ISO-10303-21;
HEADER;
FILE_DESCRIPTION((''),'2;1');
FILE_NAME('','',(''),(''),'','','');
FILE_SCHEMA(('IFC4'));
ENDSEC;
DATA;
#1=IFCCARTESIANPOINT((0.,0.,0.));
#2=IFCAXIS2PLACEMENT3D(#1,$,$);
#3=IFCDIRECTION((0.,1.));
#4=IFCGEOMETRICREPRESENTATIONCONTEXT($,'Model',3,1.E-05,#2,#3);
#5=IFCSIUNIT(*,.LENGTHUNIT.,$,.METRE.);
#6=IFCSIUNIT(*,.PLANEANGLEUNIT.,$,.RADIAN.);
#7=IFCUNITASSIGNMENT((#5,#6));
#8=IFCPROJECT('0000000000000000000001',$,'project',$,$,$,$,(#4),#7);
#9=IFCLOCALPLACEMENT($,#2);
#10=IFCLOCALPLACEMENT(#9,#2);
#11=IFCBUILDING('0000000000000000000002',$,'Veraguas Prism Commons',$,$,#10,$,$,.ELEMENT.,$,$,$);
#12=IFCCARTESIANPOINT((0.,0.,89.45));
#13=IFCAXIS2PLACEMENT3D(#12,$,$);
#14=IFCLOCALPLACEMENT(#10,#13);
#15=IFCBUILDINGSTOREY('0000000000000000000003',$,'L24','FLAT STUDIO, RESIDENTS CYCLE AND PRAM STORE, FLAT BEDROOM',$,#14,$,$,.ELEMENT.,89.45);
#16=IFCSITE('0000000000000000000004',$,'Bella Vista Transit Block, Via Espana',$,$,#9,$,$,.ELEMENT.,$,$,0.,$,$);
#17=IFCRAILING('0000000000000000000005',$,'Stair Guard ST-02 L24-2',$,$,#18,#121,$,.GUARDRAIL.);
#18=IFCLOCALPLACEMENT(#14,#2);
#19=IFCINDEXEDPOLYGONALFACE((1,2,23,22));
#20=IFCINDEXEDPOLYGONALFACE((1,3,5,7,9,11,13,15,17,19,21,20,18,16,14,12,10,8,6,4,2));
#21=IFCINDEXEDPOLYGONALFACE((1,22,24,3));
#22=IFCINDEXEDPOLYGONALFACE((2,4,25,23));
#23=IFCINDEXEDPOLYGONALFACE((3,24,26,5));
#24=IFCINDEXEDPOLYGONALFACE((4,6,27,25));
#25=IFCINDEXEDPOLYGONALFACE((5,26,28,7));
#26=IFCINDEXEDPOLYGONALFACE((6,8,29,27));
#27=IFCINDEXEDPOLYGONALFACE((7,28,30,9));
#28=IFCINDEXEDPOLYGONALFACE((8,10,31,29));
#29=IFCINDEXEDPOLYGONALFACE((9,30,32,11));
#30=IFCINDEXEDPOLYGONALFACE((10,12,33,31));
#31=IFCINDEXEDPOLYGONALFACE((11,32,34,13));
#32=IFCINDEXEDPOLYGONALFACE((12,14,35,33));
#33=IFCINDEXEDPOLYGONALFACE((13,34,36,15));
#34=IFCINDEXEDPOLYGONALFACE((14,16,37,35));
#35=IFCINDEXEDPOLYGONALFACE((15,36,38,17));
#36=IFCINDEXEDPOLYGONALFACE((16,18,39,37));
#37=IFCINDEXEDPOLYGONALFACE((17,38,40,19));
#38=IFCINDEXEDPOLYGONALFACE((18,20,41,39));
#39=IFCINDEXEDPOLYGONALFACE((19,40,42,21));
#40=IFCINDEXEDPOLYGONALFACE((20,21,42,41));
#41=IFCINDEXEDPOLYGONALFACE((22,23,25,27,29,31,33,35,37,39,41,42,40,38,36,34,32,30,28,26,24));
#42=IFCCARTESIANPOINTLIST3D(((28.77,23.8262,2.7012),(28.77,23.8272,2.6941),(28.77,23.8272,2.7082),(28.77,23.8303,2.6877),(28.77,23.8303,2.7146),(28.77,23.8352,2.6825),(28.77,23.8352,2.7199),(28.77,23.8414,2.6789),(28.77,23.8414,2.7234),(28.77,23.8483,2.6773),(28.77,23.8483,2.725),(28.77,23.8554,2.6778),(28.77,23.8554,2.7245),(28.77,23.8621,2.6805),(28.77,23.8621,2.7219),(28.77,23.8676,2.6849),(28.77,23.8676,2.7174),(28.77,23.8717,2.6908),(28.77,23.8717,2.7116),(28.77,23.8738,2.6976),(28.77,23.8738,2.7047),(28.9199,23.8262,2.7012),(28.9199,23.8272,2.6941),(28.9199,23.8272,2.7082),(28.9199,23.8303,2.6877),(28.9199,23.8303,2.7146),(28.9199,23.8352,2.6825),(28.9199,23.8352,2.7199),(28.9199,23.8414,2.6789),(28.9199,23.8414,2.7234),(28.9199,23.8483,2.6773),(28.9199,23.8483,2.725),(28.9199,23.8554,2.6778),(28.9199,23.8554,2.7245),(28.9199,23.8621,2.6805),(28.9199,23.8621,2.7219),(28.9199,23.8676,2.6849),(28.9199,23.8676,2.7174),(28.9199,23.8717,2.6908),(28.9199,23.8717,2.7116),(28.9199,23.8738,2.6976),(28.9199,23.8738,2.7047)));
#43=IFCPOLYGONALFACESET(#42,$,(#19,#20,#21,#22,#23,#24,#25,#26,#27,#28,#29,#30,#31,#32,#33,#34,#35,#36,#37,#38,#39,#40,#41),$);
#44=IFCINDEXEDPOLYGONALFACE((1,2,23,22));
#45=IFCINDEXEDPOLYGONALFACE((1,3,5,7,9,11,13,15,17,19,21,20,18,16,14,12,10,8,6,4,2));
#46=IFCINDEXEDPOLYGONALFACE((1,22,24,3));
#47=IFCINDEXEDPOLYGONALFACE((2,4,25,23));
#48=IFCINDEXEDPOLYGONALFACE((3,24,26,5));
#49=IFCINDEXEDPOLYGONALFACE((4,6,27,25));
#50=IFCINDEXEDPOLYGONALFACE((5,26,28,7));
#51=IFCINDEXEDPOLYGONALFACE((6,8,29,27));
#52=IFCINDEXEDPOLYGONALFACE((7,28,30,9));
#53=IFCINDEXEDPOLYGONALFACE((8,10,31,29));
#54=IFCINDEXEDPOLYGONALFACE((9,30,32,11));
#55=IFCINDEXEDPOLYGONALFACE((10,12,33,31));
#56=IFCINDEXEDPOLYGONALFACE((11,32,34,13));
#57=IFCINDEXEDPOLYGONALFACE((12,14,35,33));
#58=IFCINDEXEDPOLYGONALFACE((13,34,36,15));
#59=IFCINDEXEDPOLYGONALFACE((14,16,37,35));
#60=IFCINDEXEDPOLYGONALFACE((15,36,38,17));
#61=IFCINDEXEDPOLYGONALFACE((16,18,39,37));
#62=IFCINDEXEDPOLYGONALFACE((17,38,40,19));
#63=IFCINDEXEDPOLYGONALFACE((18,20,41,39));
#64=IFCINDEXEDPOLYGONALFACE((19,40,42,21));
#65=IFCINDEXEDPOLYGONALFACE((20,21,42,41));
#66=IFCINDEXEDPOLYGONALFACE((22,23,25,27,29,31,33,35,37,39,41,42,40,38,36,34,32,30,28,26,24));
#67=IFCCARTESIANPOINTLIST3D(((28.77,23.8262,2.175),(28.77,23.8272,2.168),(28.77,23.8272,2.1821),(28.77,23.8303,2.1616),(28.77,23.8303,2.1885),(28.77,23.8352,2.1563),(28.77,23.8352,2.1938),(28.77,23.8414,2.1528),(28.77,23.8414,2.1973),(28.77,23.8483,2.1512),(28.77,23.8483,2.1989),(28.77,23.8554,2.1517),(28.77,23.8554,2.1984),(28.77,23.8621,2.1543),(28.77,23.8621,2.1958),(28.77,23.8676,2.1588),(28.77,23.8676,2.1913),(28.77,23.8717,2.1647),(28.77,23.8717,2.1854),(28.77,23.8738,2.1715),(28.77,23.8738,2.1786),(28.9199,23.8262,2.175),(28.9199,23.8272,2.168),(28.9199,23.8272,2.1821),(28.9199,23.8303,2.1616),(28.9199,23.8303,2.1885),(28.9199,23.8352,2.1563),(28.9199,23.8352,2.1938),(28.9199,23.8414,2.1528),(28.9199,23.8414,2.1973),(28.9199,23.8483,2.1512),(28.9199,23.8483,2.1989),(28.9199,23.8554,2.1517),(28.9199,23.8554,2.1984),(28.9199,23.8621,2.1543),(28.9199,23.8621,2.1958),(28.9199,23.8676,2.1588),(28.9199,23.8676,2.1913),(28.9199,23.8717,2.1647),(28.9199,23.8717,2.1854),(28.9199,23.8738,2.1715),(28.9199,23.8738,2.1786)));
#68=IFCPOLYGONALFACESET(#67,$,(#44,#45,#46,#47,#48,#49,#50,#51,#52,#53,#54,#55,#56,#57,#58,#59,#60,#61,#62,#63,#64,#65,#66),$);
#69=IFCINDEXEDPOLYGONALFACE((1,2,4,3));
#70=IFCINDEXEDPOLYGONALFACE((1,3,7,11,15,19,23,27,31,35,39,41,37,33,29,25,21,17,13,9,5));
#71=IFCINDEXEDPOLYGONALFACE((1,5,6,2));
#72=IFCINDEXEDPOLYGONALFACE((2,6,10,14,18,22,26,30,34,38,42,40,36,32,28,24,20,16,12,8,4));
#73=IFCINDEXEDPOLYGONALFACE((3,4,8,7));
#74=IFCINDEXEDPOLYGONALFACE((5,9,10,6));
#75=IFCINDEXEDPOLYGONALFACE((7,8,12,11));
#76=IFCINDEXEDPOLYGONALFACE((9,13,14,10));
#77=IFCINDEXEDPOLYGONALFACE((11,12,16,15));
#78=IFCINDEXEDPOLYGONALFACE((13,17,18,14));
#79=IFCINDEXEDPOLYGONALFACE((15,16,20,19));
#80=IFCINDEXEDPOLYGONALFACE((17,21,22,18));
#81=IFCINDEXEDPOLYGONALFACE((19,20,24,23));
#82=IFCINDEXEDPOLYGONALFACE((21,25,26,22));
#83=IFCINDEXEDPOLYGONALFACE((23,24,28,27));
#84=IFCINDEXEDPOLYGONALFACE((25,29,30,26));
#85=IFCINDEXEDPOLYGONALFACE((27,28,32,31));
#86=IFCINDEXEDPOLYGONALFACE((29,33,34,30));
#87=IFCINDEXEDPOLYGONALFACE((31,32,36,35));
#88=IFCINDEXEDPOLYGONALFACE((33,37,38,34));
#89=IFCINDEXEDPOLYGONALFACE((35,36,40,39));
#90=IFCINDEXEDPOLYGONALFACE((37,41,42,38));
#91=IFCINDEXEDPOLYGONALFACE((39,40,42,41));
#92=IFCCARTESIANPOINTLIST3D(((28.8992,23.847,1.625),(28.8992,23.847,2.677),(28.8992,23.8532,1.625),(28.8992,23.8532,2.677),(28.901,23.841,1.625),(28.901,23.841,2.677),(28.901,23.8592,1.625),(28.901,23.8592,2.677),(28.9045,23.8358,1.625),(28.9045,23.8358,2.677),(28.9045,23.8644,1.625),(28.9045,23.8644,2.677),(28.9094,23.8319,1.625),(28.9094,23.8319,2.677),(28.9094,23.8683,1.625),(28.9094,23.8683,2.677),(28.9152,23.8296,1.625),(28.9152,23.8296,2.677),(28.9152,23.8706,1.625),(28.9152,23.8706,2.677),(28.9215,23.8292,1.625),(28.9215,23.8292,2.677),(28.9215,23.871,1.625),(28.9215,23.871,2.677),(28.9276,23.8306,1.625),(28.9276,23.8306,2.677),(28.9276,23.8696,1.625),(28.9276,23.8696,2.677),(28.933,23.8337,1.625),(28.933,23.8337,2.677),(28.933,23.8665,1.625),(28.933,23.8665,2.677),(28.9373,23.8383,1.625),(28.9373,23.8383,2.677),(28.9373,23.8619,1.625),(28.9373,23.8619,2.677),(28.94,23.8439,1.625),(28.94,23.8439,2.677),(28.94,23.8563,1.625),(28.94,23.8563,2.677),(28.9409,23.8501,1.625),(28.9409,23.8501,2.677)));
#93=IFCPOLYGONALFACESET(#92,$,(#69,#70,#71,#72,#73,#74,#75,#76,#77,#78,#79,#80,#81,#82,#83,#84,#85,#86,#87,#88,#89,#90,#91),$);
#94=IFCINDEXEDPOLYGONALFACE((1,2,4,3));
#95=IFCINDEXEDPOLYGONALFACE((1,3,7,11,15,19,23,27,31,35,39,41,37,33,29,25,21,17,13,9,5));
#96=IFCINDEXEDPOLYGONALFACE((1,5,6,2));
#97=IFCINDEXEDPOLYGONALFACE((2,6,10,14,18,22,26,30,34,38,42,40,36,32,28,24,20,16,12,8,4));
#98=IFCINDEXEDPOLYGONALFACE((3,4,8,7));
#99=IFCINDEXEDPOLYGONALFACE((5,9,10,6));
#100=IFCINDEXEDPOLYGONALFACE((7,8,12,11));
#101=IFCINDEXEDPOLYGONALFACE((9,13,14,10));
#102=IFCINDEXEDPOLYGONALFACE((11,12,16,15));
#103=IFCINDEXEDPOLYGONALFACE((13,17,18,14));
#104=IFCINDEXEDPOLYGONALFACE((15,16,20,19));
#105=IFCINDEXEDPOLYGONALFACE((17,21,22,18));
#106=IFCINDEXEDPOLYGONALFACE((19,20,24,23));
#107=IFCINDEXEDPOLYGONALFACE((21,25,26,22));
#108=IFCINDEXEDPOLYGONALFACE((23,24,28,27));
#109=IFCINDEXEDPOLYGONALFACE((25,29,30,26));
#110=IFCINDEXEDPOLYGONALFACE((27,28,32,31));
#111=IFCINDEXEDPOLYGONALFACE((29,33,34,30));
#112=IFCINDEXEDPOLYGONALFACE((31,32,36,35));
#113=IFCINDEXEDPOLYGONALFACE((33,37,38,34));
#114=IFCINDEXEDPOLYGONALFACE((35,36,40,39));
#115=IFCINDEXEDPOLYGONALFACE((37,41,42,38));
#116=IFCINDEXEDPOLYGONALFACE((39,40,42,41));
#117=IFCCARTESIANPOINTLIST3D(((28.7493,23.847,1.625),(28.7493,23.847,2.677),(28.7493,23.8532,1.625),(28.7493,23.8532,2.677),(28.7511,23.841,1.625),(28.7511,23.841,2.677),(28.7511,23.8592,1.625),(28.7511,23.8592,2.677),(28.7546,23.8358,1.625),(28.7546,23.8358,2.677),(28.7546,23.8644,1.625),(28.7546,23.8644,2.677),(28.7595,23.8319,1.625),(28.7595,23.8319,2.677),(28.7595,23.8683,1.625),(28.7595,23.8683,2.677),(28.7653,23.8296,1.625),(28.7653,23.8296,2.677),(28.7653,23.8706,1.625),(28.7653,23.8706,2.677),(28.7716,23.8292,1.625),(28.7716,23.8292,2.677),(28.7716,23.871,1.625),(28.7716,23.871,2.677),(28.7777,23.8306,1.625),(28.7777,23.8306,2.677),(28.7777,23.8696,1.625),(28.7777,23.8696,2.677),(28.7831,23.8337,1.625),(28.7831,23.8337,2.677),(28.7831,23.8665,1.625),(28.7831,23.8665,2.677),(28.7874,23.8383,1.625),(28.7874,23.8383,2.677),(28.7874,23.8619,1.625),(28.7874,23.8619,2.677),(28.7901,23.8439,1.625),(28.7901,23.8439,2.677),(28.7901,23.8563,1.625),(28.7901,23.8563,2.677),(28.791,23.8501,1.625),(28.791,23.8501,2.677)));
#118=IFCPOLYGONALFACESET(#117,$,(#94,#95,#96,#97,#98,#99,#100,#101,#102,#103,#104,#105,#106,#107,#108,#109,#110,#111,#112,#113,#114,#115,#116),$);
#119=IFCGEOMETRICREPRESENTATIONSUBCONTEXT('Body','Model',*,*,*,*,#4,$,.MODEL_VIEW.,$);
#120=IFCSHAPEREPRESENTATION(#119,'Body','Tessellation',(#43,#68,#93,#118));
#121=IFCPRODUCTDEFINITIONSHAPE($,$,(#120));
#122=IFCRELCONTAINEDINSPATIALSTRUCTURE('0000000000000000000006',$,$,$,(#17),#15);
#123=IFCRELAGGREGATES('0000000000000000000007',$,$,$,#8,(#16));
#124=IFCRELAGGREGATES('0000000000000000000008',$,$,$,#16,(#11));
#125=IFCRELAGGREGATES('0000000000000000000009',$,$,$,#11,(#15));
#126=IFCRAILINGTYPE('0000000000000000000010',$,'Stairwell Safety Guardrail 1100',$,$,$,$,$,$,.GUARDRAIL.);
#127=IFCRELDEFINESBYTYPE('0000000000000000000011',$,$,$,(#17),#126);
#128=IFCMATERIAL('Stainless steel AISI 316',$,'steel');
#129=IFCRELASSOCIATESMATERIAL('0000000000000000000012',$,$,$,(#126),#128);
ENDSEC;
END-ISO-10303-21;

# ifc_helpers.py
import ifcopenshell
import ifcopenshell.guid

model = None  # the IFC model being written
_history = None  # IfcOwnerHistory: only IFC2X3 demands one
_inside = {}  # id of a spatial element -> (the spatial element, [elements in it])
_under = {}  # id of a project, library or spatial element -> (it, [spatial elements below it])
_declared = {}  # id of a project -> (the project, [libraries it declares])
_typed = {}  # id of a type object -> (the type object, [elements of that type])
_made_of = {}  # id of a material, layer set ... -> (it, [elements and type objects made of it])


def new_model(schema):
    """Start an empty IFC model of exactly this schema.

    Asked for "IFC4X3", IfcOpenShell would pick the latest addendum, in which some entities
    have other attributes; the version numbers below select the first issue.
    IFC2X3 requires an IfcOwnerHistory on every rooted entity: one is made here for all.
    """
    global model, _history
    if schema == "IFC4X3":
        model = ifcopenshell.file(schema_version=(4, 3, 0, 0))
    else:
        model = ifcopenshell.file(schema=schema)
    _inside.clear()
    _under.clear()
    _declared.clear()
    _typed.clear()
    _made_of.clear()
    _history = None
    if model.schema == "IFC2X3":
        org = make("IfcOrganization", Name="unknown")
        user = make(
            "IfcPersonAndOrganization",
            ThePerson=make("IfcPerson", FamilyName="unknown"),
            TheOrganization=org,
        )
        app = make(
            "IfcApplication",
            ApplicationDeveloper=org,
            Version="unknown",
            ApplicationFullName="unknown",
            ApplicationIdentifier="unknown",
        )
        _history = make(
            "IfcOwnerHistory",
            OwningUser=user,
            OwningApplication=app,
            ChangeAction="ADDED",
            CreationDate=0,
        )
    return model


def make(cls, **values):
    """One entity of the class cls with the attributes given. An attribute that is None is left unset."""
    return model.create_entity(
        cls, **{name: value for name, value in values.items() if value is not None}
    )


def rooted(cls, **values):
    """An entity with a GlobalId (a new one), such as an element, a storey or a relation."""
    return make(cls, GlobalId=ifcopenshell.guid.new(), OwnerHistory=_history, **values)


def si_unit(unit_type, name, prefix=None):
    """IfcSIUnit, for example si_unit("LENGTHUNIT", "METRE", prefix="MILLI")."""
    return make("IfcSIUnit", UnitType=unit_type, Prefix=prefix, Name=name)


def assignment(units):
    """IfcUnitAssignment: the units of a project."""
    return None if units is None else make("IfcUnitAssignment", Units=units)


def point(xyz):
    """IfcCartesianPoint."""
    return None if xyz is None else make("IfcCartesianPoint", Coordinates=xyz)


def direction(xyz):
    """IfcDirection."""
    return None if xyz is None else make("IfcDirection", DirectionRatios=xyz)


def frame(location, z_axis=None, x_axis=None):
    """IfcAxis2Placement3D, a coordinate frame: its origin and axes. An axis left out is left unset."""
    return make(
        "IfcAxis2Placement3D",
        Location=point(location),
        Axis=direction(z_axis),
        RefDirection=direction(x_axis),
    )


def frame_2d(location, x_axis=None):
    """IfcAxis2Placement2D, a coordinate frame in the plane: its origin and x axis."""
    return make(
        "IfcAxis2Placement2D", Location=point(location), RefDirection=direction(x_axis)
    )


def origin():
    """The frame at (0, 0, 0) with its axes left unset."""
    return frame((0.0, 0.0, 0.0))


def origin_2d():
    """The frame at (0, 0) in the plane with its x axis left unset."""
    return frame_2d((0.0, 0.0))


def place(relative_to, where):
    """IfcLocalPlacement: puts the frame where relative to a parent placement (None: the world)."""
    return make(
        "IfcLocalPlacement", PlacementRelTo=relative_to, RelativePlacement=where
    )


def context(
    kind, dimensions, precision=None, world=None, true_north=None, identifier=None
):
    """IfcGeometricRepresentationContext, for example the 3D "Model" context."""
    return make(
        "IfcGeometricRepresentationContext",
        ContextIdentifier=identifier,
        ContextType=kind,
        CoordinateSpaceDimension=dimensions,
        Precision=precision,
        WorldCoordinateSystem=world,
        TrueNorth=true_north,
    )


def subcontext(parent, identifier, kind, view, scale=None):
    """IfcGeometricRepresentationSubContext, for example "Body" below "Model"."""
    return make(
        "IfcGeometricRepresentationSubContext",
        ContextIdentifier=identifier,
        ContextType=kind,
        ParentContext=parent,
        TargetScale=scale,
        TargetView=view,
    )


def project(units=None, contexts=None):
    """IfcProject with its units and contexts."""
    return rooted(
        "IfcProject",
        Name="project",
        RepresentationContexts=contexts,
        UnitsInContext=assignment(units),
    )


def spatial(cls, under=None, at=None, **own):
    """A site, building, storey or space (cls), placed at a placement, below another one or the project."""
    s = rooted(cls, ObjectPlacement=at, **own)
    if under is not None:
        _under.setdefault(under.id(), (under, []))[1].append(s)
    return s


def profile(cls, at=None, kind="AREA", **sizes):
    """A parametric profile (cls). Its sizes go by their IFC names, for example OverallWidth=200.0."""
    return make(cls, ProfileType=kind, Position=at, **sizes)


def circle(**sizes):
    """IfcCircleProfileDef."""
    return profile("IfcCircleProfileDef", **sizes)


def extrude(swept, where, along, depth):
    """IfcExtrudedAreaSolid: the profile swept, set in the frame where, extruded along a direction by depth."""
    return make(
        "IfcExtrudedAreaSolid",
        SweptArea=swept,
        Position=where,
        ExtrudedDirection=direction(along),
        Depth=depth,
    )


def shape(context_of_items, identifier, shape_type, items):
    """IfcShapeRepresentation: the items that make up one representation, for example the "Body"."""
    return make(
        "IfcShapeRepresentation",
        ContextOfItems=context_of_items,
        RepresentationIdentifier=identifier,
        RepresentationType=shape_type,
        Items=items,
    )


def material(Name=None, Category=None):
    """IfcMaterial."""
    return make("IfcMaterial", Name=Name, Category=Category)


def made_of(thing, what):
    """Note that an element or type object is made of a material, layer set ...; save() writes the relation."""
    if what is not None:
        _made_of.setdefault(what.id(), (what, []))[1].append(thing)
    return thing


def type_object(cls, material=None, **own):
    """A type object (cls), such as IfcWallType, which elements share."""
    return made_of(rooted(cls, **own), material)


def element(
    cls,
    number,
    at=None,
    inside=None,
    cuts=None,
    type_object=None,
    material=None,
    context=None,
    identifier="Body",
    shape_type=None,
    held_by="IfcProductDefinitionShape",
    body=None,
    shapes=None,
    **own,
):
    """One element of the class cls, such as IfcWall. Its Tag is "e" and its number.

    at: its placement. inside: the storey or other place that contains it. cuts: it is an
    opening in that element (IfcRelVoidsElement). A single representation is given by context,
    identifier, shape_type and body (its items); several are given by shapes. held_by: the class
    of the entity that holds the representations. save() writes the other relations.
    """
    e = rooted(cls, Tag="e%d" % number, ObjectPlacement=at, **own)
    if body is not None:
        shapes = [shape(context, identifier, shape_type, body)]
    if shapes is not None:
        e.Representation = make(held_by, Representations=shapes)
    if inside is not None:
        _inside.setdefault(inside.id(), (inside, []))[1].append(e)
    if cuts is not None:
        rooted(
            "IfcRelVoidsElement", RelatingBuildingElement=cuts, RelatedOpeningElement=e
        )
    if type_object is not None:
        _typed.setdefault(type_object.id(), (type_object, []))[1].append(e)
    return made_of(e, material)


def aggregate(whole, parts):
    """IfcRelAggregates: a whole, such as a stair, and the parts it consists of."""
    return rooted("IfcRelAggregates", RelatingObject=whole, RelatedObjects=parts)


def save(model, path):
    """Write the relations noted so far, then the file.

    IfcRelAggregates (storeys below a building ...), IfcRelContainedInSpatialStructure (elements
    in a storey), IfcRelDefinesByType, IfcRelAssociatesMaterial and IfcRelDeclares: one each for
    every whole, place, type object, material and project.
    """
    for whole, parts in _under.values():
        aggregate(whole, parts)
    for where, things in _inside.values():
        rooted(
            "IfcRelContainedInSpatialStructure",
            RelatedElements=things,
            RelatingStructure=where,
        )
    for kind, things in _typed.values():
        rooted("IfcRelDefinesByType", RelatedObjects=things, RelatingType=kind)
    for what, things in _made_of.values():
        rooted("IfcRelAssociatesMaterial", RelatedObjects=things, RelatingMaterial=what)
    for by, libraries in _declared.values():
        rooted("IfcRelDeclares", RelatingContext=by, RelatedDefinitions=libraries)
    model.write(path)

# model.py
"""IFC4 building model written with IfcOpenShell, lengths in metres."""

from ifc_helpers import new_model, si_unit, direction, frame, origin, origin_2d, place, context, subcontext, project, spatial, circle, extrude, material, type_object, element, save


model = new_model("IFC4")

# Units and contexts
model_context = context("Model", 3, precision=1e-05, world=origin(), true_north=direction((0.0, 1.0)))
body_context = subcontext(model_context, "Body", "Model", "MODEL_VIEW")
ifc_project = project(units=[si_unit("LENGTHUNIT", "METRE"), si_unit("PLANEANGLEUNIT", "RADIAN")], contexts=[model_context])

# Site, building, storey
site_placement = place(None, origin())
site = spatial("IfcSite", under=ifc_project, at=site_placement, Name="Bella Vista Transit Block, Via Espana", CompositionType="ELEMENT", RefElevation=0.0)
building_placement = place(site_placement, origin())
building = spatial("IfcBuilding", under=site, at=building_placement, Name="Veraguas Prism Commons", CompositionType="ELEMENT")
storey_placement = place(building_placement, frame((0.0, 0.0, 89.45)))
storey = spatial("IfcBuildingStorey", under=building, at=storey_placement, Name="L24", Description="FLAT STUDIO, RESIDENTS CYCLE AND PRAM STORE, FLAT BEDROOM", CompositionType="ELEMENT", Elevation=89.45)

# Shared definitions
ifc_material_1 = material(Name="Stainless steel AISI 316", Category="steel")

# Railing
railing_type_1 = type_object("IfcRailingType", Name="Stairwell Safety Guardrail 1100", PredefinedType="GUARDRAIL", material=ifc_material_1)
railing_1_placement = place(storey_placement, frame((28.9199, 23.8501, 1.625)))
element("IfcRailing", 1, at=railing_1_placement, inside=storey, type_object=railing_type_1, Name="Stair Guard ST-02 L24-2", PredefinedType="GUARDRAIL", context=body_context, shape_type="SweptSolid", body=[
    extrude(circle(Radius=0.0239, at=origin_2d()), frame((0.0, 0.0, 1.0762), z_axis=(-1.0, 0.0, 0.0), x_axis=(0.0, -1.0, 0.0)), (0.0, 0.0, 1.0), 0.1499),
    extrude(circle(Radius=0.0239, at=origin_2d()), frame((0.0, 0.0, 0.55), z_axis=(-1.0, 0.0, 0.0), x_axis=(0.0, -1.0, 0.0)), (0.0, 0.0, 1.0), 0.1499),
    extrude(circle(Radius=0.021, at=origin_2d()), origin(), (0.0, 0.0, 1.0), 1.052),
    extrude(circle(Radius=0.021, at=origin_2d()), frame((-0.1499, 0.0, 0.0)), (0.0, 0.0, 1.0), 1.052),
])

save(model, "model.ifc")
